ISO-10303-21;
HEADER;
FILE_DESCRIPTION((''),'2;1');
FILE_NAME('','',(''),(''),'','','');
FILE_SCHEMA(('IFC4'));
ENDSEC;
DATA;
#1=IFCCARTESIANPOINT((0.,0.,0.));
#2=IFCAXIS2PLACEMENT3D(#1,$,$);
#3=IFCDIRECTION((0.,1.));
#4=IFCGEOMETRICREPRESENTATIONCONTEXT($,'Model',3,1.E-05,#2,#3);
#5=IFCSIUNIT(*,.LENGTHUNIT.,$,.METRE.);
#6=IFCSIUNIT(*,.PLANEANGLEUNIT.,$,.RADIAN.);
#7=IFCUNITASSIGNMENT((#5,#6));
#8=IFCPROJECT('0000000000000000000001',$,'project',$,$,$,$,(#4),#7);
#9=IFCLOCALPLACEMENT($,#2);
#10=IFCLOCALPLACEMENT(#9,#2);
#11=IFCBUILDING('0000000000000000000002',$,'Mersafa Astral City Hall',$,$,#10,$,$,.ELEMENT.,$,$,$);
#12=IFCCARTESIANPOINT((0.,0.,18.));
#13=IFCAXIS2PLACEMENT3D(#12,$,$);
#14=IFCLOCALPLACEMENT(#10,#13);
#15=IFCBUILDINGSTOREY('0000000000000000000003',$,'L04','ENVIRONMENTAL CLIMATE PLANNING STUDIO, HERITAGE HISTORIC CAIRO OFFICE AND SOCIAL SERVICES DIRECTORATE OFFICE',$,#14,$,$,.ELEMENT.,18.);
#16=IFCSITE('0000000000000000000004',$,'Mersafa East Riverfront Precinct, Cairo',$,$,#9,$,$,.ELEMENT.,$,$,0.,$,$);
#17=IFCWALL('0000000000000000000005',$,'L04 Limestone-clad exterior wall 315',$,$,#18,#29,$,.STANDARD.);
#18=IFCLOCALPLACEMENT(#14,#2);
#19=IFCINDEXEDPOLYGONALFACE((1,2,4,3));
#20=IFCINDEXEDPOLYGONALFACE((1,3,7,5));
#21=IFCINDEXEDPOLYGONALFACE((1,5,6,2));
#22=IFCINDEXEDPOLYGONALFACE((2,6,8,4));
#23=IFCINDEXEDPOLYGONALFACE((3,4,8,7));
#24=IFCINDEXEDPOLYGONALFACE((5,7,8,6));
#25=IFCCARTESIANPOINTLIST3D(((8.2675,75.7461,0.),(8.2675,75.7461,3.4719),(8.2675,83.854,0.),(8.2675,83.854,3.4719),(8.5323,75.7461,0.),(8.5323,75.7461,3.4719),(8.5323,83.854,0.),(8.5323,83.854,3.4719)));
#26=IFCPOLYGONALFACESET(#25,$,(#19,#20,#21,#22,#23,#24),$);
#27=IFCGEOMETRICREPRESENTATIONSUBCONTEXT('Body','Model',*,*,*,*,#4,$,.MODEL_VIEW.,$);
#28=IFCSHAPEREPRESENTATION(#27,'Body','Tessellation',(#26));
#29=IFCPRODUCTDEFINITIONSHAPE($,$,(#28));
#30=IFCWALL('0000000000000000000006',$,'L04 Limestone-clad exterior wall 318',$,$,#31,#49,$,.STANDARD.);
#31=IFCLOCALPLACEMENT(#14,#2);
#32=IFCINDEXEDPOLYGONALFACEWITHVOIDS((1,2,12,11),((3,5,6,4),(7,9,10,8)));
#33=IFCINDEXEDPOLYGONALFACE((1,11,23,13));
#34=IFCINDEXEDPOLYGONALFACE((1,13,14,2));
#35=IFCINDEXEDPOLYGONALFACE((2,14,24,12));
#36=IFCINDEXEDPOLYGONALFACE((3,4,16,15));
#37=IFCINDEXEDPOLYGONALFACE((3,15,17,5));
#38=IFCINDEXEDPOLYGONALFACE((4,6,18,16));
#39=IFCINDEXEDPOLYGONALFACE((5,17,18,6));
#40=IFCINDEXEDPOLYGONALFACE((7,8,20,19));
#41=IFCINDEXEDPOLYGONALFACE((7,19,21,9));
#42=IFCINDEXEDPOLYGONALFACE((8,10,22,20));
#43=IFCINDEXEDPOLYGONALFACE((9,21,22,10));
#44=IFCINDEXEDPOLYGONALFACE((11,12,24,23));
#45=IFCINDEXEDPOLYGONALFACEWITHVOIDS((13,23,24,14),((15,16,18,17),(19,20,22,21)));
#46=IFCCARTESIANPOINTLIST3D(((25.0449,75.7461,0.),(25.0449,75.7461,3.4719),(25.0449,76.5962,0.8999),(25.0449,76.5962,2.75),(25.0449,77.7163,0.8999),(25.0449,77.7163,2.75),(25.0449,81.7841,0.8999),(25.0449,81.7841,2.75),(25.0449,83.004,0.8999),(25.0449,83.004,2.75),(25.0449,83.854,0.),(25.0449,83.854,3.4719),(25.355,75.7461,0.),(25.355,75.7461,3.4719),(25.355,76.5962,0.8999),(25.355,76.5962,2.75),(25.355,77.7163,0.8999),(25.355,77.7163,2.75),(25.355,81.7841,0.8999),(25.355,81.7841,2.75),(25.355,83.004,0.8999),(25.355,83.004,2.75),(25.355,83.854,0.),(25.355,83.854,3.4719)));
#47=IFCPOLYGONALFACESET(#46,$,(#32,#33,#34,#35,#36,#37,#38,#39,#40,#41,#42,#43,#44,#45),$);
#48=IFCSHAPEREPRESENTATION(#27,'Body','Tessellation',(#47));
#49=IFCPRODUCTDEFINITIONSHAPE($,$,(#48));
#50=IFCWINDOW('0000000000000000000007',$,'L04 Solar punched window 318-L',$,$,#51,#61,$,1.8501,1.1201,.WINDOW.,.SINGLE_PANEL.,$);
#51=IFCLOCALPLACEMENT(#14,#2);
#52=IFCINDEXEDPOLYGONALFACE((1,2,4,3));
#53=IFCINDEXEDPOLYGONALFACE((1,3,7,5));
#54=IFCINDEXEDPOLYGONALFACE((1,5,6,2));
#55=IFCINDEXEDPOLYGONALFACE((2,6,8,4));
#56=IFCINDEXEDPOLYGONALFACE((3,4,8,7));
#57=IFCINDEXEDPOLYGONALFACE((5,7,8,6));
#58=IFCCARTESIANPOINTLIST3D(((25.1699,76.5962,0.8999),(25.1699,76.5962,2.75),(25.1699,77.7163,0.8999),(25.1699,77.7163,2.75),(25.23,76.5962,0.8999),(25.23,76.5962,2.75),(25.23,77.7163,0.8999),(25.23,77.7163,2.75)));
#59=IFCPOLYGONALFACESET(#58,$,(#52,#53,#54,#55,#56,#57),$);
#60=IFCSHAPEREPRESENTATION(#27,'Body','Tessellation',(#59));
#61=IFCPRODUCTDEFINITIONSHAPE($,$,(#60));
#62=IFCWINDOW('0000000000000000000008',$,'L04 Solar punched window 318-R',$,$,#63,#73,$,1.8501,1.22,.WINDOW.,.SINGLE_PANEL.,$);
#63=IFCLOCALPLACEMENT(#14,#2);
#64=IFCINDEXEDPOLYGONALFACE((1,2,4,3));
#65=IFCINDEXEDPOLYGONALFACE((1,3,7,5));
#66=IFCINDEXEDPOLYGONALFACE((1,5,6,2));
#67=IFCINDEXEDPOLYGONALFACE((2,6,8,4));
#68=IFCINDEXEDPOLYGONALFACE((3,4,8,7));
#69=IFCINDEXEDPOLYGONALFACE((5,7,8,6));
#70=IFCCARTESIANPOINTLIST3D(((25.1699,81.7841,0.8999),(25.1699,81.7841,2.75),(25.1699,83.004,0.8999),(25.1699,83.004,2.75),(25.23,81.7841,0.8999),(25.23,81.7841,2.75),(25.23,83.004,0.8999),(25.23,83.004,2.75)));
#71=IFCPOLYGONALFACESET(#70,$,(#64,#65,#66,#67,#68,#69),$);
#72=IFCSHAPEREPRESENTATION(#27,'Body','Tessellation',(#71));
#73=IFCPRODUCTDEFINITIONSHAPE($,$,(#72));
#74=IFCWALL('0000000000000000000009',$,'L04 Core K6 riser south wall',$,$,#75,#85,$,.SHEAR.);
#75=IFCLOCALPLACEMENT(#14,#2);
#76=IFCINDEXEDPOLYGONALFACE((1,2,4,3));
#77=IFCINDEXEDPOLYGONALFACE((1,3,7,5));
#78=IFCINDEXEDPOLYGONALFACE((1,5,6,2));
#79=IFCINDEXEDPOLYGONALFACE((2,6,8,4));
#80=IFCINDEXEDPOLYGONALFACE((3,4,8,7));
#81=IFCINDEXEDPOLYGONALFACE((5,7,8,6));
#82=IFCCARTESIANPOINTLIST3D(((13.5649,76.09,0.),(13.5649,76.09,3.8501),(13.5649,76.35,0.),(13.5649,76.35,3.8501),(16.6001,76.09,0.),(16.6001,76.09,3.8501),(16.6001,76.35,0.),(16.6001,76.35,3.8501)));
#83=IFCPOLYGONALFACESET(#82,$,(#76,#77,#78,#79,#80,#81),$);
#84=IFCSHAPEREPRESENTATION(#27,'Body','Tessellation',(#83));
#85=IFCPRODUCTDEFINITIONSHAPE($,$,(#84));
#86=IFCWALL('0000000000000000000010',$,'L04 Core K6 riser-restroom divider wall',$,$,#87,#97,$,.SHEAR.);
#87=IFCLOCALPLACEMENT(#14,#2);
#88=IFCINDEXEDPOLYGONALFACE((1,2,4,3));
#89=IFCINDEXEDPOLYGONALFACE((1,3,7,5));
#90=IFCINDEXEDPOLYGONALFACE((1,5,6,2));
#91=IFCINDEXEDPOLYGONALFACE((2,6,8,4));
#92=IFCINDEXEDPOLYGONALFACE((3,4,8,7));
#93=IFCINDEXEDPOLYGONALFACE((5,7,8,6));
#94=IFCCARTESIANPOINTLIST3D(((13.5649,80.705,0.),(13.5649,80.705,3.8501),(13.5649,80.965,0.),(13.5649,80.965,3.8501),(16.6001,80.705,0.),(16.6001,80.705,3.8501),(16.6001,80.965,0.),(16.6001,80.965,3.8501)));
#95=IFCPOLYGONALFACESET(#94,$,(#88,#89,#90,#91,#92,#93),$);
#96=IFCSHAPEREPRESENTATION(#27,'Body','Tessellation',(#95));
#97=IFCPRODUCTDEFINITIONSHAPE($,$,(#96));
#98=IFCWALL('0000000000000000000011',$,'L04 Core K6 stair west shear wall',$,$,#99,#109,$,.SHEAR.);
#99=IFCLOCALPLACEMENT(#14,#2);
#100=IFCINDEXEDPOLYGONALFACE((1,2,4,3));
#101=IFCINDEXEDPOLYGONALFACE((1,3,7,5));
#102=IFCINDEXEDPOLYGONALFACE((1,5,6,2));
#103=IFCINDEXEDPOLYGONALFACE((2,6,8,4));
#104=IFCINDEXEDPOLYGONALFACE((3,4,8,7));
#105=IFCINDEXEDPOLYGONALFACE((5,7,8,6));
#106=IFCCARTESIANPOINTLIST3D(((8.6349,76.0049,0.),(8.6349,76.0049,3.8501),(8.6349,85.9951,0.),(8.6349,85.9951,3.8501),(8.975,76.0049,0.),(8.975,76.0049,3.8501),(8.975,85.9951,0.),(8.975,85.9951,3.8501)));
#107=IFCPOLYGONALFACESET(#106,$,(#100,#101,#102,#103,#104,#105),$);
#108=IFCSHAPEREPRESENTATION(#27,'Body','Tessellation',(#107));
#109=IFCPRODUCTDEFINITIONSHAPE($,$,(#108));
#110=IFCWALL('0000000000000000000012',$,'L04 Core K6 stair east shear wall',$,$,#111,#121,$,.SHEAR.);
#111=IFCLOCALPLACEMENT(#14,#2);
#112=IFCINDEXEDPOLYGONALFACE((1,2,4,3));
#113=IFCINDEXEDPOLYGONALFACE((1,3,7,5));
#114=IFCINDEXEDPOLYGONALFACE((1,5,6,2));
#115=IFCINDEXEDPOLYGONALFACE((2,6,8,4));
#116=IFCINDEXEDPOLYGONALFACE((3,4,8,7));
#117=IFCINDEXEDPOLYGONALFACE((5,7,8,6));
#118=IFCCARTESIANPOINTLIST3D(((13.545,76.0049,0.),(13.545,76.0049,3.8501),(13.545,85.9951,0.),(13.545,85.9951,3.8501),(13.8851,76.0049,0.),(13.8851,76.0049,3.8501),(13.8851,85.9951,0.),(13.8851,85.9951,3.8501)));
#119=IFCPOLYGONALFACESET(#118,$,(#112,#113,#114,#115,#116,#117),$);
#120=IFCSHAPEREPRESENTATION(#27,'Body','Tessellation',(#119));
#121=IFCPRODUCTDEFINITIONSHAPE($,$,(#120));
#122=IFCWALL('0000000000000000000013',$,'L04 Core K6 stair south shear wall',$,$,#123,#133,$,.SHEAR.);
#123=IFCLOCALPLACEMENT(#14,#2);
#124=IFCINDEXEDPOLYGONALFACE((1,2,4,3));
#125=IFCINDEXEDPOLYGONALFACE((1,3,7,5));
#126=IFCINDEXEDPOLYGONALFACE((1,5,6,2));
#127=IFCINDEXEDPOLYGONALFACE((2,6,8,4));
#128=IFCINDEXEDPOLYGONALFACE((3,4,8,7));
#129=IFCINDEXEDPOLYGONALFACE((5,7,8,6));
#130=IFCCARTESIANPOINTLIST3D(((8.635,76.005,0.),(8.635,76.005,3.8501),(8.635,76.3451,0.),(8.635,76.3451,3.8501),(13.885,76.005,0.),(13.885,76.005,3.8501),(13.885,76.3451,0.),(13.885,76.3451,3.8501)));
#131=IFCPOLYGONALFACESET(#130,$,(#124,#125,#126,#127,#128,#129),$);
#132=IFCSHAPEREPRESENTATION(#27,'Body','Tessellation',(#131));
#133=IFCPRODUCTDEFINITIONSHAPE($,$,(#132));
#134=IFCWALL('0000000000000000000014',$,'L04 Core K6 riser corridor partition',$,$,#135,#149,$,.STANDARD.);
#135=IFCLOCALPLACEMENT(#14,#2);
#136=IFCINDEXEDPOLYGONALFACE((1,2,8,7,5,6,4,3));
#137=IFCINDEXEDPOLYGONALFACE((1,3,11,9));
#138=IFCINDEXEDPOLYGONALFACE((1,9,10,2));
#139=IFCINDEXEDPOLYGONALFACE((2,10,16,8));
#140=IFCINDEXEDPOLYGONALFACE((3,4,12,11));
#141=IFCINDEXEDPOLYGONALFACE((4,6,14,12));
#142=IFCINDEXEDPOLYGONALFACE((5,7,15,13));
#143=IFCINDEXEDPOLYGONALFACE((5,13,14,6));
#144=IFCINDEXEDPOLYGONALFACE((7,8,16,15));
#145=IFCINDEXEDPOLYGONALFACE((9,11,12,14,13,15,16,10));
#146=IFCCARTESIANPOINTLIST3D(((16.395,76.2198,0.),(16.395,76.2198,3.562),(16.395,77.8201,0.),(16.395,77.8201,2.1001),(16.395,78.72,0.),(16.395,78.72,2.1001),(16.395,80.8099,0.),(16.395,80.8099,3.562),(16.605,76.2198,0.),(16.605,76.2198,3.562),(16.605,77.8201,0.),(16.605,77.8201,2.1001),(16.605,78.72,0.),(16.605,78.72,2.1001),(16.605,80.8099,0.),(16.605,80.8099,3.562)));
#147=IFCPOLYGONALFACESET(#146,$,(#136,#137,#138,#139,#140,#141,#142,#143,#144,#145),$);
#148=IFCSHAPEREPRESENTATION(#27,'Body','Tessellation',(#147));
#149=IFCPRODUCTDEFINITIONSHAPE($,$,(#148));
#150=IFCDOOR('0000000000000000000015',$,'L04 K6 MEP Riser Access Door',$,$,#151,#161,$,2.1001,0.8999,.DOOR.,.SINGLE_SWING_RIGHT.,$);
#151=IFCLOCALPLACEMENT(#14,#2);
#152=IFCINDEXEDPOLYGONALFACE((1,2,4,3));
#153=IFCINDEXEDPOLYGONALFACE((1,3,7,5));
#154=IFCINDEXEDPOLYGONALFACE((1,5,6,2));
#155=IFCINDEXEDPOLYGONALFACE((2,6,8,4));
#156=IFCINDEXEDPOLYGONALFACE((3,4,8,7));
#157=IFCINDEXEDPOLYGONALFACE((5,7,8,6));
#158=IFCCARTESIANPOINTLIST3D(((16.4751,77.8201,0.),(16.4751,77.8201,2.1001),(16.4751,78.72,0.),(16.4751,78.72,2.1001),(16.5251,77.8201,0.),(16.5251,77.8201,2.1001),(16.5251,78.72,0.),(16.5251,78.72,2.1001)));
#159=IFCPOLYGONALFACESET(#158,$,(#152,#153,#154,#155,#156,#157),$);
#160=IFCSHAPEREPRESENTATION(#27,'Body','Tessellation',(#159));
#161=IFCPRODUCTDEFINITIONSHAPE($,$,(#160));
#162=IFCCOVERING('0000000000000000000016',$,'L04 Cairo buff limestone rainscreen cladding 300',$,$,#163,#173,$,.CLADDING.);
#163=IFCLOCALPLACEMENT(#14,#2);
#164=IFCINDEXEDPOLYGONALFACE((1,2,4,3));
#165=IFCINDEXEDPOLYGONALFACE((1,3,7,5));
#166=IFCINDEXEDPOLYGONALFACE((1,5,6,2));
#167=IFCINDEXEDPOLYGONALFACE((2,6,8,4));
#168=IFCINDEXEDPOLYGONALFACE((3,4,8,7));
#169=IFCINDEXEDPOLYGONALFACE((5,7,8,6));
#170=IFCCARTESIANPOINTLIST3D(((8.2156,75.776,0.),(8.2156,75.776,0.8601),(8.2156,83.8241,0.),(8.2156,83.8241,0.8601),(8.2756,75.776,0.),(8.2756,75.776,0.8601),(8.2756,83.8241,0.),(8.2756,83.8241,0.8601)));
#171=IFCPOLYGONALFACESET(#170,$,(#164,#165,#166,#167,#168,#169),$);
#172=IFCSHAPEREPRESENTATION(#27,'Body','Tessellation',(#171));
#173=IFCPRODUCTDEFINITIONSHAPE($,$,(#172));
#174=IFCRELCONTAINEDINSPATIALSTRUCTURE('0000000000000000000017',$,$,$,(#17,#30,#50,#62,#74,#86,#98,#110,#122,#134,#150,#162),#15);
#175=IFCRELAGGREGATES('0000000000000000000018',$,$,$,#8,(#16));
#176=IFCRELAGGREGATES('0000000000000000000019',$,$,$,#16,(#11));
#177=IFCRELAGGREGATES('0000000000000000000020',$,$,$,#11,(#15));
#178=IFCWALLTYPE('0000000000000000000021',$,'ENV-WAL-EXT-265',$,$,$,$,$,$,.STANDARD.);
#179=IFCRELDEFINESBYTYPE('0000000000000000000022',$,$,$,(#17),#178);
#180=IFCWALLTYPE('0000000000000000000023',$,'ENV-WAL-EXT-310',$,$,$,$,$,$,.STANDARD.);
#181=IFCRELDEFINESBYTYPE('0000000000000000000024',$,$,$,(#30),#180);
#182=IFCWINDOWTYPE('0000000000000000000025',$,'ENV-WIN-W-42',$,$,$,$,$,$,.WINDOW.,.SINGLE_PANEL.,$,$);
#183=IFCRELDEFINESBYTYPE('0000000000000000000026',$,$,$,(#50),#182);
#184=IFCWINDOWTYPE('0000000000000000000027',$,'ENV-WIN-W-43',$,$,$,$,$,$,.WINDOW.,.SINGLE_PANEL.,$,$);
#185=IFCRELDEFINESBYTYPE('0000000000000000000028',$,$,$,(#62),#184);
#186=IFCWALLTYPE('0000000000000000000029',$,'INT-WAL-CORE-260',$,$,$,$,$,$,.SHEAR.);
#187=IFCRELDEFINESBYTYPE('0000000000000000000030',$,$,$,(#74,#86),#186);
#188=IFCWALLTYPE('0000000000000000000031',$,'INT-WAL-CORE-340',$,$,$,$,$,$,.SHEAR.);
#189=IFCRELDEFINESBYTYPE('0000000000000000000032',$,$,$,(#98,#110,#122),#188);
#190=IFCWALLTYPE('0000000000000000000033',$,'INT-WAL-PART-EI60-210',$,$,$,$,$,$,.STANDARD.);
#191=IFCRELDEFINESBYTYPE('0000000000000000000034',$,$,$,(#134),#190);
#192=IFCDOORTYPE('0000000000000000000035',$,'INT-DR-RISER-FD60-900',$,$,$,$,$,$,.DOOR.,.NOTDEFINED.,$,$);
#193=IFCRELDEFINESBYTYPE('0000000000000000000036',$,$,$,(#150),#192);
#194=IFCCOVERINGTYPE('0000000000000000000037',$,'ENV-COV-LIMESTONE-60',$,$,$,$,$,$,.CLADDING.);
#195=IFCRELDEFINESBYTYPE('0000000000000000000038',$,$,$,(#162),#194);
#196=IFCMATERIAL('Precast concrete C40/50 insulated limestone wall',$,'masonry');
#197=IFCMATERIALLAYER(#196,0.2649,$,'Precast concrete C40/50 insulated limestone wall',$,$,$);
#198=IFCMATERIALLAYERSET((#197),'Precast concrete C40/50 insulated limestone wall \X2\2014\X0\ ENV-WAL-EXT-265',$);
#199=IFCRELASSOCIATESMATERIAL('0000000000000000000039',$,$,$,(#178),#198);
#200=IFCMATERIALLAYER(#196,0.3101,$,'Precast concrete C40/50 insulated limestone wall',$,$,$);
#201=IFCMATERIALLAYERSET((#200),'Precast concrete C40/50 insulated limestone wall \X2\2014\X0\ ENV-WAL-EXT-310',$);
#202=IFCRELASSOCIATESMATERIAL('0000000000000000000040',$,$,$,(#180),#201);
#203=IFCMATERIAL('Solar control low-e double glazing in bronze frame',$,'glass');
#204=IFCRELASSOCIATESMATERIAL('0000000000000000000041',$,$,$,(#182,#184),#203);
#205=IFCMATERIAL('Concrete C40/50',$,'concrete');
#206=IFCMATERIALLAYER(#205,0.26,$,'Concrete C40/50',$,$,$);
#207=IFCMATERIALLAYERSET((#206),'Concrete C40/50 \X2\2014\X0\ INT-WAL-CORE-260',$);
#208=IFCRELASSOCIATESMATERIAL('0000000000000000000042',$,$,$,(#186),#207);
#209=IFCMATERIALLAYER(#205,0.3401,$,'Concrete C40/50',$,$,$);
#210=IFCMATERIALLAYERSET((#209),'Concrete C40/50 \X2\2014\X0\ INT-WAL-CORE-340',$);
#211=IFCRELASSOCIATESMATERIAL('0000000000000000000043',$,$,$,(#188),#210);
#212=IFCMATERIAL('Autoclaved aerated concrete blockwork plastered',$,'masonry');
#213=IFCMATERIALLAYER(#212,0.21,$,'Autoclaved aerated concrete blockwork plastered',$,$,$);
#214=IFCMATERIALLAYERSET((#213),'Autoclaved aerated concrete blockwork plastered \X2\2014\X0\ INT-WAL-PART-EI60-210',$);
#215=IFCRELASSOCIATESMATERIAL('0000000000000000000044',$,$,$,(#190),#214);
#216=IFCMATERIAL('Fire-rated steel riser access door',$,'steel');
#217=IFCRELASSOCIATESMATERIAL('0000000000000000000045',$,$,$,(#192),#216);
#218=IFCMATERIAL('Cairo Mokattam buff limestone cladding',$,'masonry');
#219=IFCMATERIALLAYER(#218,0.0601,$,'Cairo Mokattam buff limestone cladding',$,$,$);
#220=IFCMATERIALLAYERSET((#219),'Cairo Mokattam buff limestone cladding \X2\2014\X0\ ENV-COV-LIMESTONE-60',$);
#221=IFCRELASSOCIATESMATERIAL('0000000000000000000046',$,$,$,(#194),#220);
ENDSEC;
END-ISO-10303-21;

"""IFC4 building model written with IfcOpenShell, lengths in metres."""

from ifc_helpers import new_model, si_unit, direction, frame, frame_2d, origin, origin_2d, place, context, subcontext, project, spatial, rectangle, extrude, material, layer, layer_set, type_object, element, fill, save


model = new_model("IFC4")

# Units and contexts
model_context = context("Model", 3, precision=1e-05, world=origin(), true_north=direction((0.0, 1.0)))
body_context = subcontext(model_context, "Body", "Model", "MODEL_VIEW")
ifc_project = project(units=[si_unit("LENGTHUNIT", "METRE"), si_unit("PLANEANGLEUNIT", "RADIAN")], contexts=[model_context])

# Site, building, storey
site_placement = place(None, origin())
site = spatial("IfcSite", under=ifc_project, at=site_placement, Name="Mersafa East Riverfront Precinct, Cairo", CompositionType="ELEMENT", RefElevation=0.0)
building_placement = place(site_placement, origin())
building = spatial("IfcBuilding", under=site, at=building_placement, Name="Mersafa Astral City Hall", CompositionType="ELEMENT")
storey_placement = place(building_placement, frame((0.0, 0.0, 18.0)))
storey = spatial("IfcBuildingStorey", under=building, at=storey_placement, Name="L04", Description="ENVIRONMENTAL CLIMATE PLANNING STUDIO, HERITAGE HISTORIC CAIRO OFFICE AND SOCIAL SERVICES DIRECTORATE OFFICE", CompositionType="ELEMENT", Elevation=18.0)

# Wall
ifc_material_1 = material(Name="Precast concrete C40/50 insulated limestone wall", Category="masonry")
ifc_layer_1 = layer(ifc_material_1, 0.2649, Name="Precast concrete C40/50 insulated limestone wall")
ifc_layer_set_1 = layer_set([ifc_layer_1], Name="Precast concrete C40/50 insulated limestone wall — ENV-WAL-EXT-265")
wall_type_1 = type_object("IfcWallType", Name="ENV-WAL-EXT-265", PredefinedType="STANDARD", material=ifc_layer_set_1)
wall_1_placement = place(storey_placement, frame((8.3999, 83.854, 0.0), z_axis=(0.0, 0.0, 1.0), x_axis=(0.0, -1.0, 0.0)))
element("IfcWall", 1, at=wall_1_placement, inside=storey, type_object=wall_type_1, Name="L04 Limestone-clad exterior wall 315", PredefinedType="STANDARD", context=body_context, shape_type="SweptSolid", body=[
    extrude(rectangle(XDim=8.1079, YDim=0.2649, at=frame_2d((4.054, 0.0))), origin(), (0.0, 0.0, 1.0), 3.4719),
])

# Wall, openings, windows
ifc_layer_2 = layer(ifc_material_1, 0.3101, Name="Precast concrete C40/50 insulated limestone wall")
ifc_layer_set_2 = layer_set([ifc_layer_2], Name="Precast concrete C40/50 insulated limestone wall — ENV-WAL-EXT-310")
wall_type_2 = type_object("IfcWallType", Name="ENV-WAL-EXT-310", PredefinedType="STANDARD", material=ifc_layer_set_2)
wall_2_placement = place(storey_placement, frame((25.2, 75.7461, 0.0), z_axis=(0.0, 0.0, 1.0), x_axis=(0.0, 1.0, 0.0)))
wall_2 = element("IfcWall", 2, at=wall_2_placement, inside=storey, type_object=wall_type_2, Name="L04 Limestone-clad exterior wall 318", PredefinedType="STANDARD", context=body_context, shape_type="SweptSolid", body=[
    extrude(rectangle(XDim=8.1079, YDim=0.3101, at=frame_2d((4.054, 0.0))), origin(), (0.0, 0.0, 1.0), 3.4719),
])
opening_1_placement = place(wall_2_placement, frame((0.8501, 0.0, 0.8999)))
opening_1 = element("IfcOpeningElement", 3, at=opening_1_placement, cuts=wall_2, PredefinedType="OPENING", context=body_context, shape_type="SweptSolid", body=[
    extrude(rectangle(XDim=1.1201, YDim=1.8501, at=frame_2d((0.5601, 0.925))), frame((0.0, 0.165, 0.0), z_axis=(0.0, -1.0, 0.0), x_axis=(1.0, 0.0, 0.0)), (0.0, 0.0, 1.0), 0.3301),
])
opening_2_placement = place(wall_2_placement, frame((6.0381, 0.0, 0.8999)))
opening_2 = element("IfcOpeningElement", 4, at=opening_2_placement, cuts=wall_2, PredefinedType="OPENING", context=body_context, shape_type="SweptSolid", body=[
    extrude(rectangle(XDim=1.22, YDim=1.8501, at=frame_2d((0.6099, 0.925))), frame((0.0, 0.165, 0.0), z_axis=(0.0, -1.0, 0.0), x_axis=(1.0, 0.0, 0.0)), (0.0, 0.0, 1.0), 0.3301),
])
ifc_material_2 = material(Name="Solar control low-e double glazing in bronze frame", Category="glass")
window_type_1 = type_object("IfcWindowType", Name="ENV-WIN-W-42", PartitioningType="SINGLE_PANEL", PredefinedType="WINDOW", material=ifc_material_2)
window_1_placement = place(opening_1_placement, origin())
window_1 = element("IfcWindow", 5, at=window_1_placement, inside=storey, type_object=window_type_1, Name="L04 Solar punched window 318-L", OverallHeight=1.8501, OverallWidth=1.1201, PartitioningType="SINGLE_PANEL", PredefinedType="WINDOW", context=body_context, shape_type="SweptSolid", body=[
    extrude(rectangle(XDim=1.1201, YDim=1.8501, at=frame_2d((0.5601, 0.925))), frame((0.0, 0.03, 0.0), z_axis=(0.0, -1.0, 0.0), x_axis=(1.0, 0.0, 0.0)), (0.0, 0.0, 1.0), 0.0601),
])
fill(opening_1, window_1)
window_type_2 = type_object("IfcWindowType", Name="ENV-WIN-W-43", PartitioningType="SINGLE_PANEL", PredefinedType="WINDOW", material=ifc_material_2)
window_2_placement = place(opening_2_placement, origin())
window_2 = element("IfcWindow", 6, at=window_2_placement, inside=storey, type_object=window_type_2, Name="L04 Solar punched window 318-R", OverallHeight=1.8501, OverallWidth=1.22, PartitioningType="SINGLE_PANEL", PredefinedType="WINDOW", context=body_context, shape_type="SweptSolid", body=[
    extrude(rectangle(XDim=1.22, YDim=1.8501, at=frame_2d((0.6099, 0.925))), frame((0.0, 0.03, 0.0), z_axis=(0.0, -1.0, 0.0), x_axis=(1.0, 0.0, 0.0)), (0.0, 0.0, 1.0), 0.0601),
])
fill(opening_2, window_2)

# Walls
ifc_material_3 = material(Name="Concrete C40/50", Category="concrete")
ifc_layer_3 = layer(ifc_material_3, 0.26, Name="Concrete C40/50")
ifc_layer_set_3 = layer_set([ifc_layer_3], Name="Concrete C40/50 — INT-WAL-CORE-260")
wall_type_3 = type_object("IfcWallType", Name="INT-WAL-CORE-260", PredefinedType="SHEAR", material=ifc_layer_set_3)
for number, where, z_axis, x_axis, name in (
    (7, (13.5649, 76.22, 0.0), (0.0, 0.0, 1.0), (1.0, 0.0, 0.0), "L04 Core K6 riser south wall"),
    (8, (13.5649, 80.835, 0.0), (0.0, 0.0, 1.0), (1.0, 0.0, 0.0), "L04 Core K6 riser-restroom divider wall"),
):
    element("IfcWall", number, at=place(storey_placement, frame(where, z_axis=z_axis, x_axis=x_axis)), inside=storey, type_object=wall_type_3, Name=name, PredefinedType="SHEAR", context=body_context, shape_type="SweptSolid", body=[
        extrude(rectangle(XDim=3.0352, YDim=0.26, at=frame_2d((1.5176, 0.0))), origin(), (0.0, 0.0, 1.0), 3.8501),
    ])
ifc_layer_4 = layer(ifc_material_3, 0.3401, Name="Concrete C40/50")
ifc_layer_set_4 = layer_set([ifc_layer_4], Name="Concrete C40/50 — INT-WAL-CORE-340")
wall_type_4 = type_object("IfcWallType", Name="INT-WAL-CORE-340", PredefinedType="SHEAR", material=ifc_layer_set_4)
for number, where, z_axis, x_axis, name in (
    (9, (8.8049, 76.0049, 0.0), (0.0, 0.0, 1.0), (0.0, 1.0, 0.0), "L04 Core K6 stair west shear wall"),
    (10, (13.7151, 76.0049, 0.0), (0.0, 0.0, 1.0), (0.0, 1.0, 0.0), "L04 Core K6 stair east shear wall"),
):
    element("IfcWall", number, at=place(storey_placement, frame(where, z_axis=z_axis, x_axis=x_axis)), inside=storey, type_object=wall_type_4, Name=name, PredefinedType="SHEAR", context=body_context, shape_type="SweptSolid", body=[
        extrude(rectangle(XDim=9.9902, YDim=0.3401, at=frame_2d((4.9951, 0.0))), origin(), (0.0, 0.0, 1.0), 3.8501),
    ])
wall_3_placement = place(storey_placement, frame((8.635, 76.175, 0.0), z_axis=(0.0, 0.0, 1.0), x_axis=(1.0, 0.0, 0.0)))
element("IfcWall", 11, at=wall_3_placement, inside=storey, type_object=wall_type_4, Name="L04 Core K6 stair south shear wall", PredefinedType="SHEAR", context=body_context, shape_type="SweptSolid", body=[
    extrude(rectangle(XDim=5.25, YDim=0.3401, at=frame_2d((2.625, 0.0))), origin(), (0.0, 0.0, 1.0), 3.8501),
])

# Wall, opening, door
ifc_material_4 = material(Name="Autoclaved aerated concrete blockwork plastered", Category="masonry")
ifc_layer_5 = layer(ifc_material_4, 0.21, Name="Autoclaved aerated concrete blockwork plastered")
ifc_layer_set_5 = layer_set([ifc_layer_5], Name="Autoclaved aerated concrete blockwork plastered — INT-WAL-PART-EI60-210")
wall_type_5 = type_object("IfcWallType", Name="INT-WAL-PART-EI60-210", PredefinedType="STANDARD", material=ifc_layer_set_5)
wall_4_placement = place(storey_placement, frame((16.5, 76.22, 0.0), z_axis=(0.0, 0.0, 1.0), x_axis=(0.0, 1.0, 0.0)))
wall_4 = element("IfcWall", 12, at=wall_4_placement, inside=storey, type_object=wall_type_5, Name="L04 Core K6 riser corridor partition", PredefinedType="STANDARD", context=body_context, shape_type="SweptSolid", body=[
    extrude(rectangle(XDim=4.5901, YDim=0.21, at=frame_2d((2.2949, 0.0))), origin(), (0.0, 0.0, 1.0), 3.562),
])
opening_3_placement = place(wall_4_placement, frame((1.6001, 0.0, 0.0)))
opening_3 = element("IfcOpeningElement", 13, at=opening_3_placement, cuts=wall_4, PredefinedType="OPENING", context=body_context, shape_type="SweptSolid", body=[
    extrude(rectangle(XDim=0.8999, YDim=2.1001, at=frame_2d((0.45, 1.05))), frame((0.0, 0.115, 0.0), z_axis=(0.0, -1.0, 0.0), x_axis=(1.0, 0.0, 0.0)), (0.0, 0.0, 1.0), 0.23),
])
ifc_material_5 = material(Name="Fire-rated steel riser access door", Category="steel")
door_type_1 = type_object("IfcDoorType", Name="INT-DR-RISER-FD60-900", OperationType="NOTDEFINED", PredefinedType="DOOR", material=ifc_material_5)
door_1_placement = place(opening_3_placement, origin())
door_1 = element("IfcDoor", 14, at=door_1_placement, inside=storey, type_object=door_type_1, Name="L04 K6 MEP Riser Access Door", OperationType="SINGLE_SWING_RIGHT", OverallHeight=2.1001, OverallWidth=0.8999, PredefinedType="DOOR", context=body_context, shape_type="SweptSolid", body=[
    extrude(rectangle(XDim=0.8999, YDim=2.1001, at=frame_2d((0.45, 1.05))), frame((0.0, 0.0249, 0.0), z_axis=(0.0, -1.0, 0.0), x_axis=(1.0, 0.0, 0.0)), (0.0, 0.0, 1.0), 0.05),
])
fill(opening_3, door_1)

# Covering
ifc_material_6 = material(Name="Cairo Mokattam buff limestone cladding", Category="masonry")
ifc_layer_6 = layer(ifc_material_6, 0.0601, Name="Cairo Mokattam buff limestone cladding")
ifc_layer_set_6 = layer_set([ifc_layer_6], Name="Cairo Mokattam buff limestone cladding — ENV-COV-LIMESTONE-60")
covering_type = type_object("IfcCoveringType", Name="ENV-COV-LIMESTONE-60", PredefinedType="CLADDING", material=ifc_layer_set_6)
for number, where, z_axis, x_axis, name in (
    (15, (8.2456, 79.8, 0.0), (0.0, 0.0, 1.0), (0.0, -1.0, 0.0), "L04 Cairo buff limestone rainscreen cladding 300"),
):
    element("IfcCovering", number, at=place(storey_placement, frame(where, z_axis=z_axis, x_axis=x_axis)), inside=storey, type_object=covering_type, Name=name, PredefinedType="CLADDING", context=body_context, shape_type="SweptSolid", body=[
        extrude(rectangle(XDim=8.0481, YDim=0.0601, at=origin_2d()), origin(), (0.0, 0.0, 1.0), 0.8601),
    ])

save(model, "model.ifc")
